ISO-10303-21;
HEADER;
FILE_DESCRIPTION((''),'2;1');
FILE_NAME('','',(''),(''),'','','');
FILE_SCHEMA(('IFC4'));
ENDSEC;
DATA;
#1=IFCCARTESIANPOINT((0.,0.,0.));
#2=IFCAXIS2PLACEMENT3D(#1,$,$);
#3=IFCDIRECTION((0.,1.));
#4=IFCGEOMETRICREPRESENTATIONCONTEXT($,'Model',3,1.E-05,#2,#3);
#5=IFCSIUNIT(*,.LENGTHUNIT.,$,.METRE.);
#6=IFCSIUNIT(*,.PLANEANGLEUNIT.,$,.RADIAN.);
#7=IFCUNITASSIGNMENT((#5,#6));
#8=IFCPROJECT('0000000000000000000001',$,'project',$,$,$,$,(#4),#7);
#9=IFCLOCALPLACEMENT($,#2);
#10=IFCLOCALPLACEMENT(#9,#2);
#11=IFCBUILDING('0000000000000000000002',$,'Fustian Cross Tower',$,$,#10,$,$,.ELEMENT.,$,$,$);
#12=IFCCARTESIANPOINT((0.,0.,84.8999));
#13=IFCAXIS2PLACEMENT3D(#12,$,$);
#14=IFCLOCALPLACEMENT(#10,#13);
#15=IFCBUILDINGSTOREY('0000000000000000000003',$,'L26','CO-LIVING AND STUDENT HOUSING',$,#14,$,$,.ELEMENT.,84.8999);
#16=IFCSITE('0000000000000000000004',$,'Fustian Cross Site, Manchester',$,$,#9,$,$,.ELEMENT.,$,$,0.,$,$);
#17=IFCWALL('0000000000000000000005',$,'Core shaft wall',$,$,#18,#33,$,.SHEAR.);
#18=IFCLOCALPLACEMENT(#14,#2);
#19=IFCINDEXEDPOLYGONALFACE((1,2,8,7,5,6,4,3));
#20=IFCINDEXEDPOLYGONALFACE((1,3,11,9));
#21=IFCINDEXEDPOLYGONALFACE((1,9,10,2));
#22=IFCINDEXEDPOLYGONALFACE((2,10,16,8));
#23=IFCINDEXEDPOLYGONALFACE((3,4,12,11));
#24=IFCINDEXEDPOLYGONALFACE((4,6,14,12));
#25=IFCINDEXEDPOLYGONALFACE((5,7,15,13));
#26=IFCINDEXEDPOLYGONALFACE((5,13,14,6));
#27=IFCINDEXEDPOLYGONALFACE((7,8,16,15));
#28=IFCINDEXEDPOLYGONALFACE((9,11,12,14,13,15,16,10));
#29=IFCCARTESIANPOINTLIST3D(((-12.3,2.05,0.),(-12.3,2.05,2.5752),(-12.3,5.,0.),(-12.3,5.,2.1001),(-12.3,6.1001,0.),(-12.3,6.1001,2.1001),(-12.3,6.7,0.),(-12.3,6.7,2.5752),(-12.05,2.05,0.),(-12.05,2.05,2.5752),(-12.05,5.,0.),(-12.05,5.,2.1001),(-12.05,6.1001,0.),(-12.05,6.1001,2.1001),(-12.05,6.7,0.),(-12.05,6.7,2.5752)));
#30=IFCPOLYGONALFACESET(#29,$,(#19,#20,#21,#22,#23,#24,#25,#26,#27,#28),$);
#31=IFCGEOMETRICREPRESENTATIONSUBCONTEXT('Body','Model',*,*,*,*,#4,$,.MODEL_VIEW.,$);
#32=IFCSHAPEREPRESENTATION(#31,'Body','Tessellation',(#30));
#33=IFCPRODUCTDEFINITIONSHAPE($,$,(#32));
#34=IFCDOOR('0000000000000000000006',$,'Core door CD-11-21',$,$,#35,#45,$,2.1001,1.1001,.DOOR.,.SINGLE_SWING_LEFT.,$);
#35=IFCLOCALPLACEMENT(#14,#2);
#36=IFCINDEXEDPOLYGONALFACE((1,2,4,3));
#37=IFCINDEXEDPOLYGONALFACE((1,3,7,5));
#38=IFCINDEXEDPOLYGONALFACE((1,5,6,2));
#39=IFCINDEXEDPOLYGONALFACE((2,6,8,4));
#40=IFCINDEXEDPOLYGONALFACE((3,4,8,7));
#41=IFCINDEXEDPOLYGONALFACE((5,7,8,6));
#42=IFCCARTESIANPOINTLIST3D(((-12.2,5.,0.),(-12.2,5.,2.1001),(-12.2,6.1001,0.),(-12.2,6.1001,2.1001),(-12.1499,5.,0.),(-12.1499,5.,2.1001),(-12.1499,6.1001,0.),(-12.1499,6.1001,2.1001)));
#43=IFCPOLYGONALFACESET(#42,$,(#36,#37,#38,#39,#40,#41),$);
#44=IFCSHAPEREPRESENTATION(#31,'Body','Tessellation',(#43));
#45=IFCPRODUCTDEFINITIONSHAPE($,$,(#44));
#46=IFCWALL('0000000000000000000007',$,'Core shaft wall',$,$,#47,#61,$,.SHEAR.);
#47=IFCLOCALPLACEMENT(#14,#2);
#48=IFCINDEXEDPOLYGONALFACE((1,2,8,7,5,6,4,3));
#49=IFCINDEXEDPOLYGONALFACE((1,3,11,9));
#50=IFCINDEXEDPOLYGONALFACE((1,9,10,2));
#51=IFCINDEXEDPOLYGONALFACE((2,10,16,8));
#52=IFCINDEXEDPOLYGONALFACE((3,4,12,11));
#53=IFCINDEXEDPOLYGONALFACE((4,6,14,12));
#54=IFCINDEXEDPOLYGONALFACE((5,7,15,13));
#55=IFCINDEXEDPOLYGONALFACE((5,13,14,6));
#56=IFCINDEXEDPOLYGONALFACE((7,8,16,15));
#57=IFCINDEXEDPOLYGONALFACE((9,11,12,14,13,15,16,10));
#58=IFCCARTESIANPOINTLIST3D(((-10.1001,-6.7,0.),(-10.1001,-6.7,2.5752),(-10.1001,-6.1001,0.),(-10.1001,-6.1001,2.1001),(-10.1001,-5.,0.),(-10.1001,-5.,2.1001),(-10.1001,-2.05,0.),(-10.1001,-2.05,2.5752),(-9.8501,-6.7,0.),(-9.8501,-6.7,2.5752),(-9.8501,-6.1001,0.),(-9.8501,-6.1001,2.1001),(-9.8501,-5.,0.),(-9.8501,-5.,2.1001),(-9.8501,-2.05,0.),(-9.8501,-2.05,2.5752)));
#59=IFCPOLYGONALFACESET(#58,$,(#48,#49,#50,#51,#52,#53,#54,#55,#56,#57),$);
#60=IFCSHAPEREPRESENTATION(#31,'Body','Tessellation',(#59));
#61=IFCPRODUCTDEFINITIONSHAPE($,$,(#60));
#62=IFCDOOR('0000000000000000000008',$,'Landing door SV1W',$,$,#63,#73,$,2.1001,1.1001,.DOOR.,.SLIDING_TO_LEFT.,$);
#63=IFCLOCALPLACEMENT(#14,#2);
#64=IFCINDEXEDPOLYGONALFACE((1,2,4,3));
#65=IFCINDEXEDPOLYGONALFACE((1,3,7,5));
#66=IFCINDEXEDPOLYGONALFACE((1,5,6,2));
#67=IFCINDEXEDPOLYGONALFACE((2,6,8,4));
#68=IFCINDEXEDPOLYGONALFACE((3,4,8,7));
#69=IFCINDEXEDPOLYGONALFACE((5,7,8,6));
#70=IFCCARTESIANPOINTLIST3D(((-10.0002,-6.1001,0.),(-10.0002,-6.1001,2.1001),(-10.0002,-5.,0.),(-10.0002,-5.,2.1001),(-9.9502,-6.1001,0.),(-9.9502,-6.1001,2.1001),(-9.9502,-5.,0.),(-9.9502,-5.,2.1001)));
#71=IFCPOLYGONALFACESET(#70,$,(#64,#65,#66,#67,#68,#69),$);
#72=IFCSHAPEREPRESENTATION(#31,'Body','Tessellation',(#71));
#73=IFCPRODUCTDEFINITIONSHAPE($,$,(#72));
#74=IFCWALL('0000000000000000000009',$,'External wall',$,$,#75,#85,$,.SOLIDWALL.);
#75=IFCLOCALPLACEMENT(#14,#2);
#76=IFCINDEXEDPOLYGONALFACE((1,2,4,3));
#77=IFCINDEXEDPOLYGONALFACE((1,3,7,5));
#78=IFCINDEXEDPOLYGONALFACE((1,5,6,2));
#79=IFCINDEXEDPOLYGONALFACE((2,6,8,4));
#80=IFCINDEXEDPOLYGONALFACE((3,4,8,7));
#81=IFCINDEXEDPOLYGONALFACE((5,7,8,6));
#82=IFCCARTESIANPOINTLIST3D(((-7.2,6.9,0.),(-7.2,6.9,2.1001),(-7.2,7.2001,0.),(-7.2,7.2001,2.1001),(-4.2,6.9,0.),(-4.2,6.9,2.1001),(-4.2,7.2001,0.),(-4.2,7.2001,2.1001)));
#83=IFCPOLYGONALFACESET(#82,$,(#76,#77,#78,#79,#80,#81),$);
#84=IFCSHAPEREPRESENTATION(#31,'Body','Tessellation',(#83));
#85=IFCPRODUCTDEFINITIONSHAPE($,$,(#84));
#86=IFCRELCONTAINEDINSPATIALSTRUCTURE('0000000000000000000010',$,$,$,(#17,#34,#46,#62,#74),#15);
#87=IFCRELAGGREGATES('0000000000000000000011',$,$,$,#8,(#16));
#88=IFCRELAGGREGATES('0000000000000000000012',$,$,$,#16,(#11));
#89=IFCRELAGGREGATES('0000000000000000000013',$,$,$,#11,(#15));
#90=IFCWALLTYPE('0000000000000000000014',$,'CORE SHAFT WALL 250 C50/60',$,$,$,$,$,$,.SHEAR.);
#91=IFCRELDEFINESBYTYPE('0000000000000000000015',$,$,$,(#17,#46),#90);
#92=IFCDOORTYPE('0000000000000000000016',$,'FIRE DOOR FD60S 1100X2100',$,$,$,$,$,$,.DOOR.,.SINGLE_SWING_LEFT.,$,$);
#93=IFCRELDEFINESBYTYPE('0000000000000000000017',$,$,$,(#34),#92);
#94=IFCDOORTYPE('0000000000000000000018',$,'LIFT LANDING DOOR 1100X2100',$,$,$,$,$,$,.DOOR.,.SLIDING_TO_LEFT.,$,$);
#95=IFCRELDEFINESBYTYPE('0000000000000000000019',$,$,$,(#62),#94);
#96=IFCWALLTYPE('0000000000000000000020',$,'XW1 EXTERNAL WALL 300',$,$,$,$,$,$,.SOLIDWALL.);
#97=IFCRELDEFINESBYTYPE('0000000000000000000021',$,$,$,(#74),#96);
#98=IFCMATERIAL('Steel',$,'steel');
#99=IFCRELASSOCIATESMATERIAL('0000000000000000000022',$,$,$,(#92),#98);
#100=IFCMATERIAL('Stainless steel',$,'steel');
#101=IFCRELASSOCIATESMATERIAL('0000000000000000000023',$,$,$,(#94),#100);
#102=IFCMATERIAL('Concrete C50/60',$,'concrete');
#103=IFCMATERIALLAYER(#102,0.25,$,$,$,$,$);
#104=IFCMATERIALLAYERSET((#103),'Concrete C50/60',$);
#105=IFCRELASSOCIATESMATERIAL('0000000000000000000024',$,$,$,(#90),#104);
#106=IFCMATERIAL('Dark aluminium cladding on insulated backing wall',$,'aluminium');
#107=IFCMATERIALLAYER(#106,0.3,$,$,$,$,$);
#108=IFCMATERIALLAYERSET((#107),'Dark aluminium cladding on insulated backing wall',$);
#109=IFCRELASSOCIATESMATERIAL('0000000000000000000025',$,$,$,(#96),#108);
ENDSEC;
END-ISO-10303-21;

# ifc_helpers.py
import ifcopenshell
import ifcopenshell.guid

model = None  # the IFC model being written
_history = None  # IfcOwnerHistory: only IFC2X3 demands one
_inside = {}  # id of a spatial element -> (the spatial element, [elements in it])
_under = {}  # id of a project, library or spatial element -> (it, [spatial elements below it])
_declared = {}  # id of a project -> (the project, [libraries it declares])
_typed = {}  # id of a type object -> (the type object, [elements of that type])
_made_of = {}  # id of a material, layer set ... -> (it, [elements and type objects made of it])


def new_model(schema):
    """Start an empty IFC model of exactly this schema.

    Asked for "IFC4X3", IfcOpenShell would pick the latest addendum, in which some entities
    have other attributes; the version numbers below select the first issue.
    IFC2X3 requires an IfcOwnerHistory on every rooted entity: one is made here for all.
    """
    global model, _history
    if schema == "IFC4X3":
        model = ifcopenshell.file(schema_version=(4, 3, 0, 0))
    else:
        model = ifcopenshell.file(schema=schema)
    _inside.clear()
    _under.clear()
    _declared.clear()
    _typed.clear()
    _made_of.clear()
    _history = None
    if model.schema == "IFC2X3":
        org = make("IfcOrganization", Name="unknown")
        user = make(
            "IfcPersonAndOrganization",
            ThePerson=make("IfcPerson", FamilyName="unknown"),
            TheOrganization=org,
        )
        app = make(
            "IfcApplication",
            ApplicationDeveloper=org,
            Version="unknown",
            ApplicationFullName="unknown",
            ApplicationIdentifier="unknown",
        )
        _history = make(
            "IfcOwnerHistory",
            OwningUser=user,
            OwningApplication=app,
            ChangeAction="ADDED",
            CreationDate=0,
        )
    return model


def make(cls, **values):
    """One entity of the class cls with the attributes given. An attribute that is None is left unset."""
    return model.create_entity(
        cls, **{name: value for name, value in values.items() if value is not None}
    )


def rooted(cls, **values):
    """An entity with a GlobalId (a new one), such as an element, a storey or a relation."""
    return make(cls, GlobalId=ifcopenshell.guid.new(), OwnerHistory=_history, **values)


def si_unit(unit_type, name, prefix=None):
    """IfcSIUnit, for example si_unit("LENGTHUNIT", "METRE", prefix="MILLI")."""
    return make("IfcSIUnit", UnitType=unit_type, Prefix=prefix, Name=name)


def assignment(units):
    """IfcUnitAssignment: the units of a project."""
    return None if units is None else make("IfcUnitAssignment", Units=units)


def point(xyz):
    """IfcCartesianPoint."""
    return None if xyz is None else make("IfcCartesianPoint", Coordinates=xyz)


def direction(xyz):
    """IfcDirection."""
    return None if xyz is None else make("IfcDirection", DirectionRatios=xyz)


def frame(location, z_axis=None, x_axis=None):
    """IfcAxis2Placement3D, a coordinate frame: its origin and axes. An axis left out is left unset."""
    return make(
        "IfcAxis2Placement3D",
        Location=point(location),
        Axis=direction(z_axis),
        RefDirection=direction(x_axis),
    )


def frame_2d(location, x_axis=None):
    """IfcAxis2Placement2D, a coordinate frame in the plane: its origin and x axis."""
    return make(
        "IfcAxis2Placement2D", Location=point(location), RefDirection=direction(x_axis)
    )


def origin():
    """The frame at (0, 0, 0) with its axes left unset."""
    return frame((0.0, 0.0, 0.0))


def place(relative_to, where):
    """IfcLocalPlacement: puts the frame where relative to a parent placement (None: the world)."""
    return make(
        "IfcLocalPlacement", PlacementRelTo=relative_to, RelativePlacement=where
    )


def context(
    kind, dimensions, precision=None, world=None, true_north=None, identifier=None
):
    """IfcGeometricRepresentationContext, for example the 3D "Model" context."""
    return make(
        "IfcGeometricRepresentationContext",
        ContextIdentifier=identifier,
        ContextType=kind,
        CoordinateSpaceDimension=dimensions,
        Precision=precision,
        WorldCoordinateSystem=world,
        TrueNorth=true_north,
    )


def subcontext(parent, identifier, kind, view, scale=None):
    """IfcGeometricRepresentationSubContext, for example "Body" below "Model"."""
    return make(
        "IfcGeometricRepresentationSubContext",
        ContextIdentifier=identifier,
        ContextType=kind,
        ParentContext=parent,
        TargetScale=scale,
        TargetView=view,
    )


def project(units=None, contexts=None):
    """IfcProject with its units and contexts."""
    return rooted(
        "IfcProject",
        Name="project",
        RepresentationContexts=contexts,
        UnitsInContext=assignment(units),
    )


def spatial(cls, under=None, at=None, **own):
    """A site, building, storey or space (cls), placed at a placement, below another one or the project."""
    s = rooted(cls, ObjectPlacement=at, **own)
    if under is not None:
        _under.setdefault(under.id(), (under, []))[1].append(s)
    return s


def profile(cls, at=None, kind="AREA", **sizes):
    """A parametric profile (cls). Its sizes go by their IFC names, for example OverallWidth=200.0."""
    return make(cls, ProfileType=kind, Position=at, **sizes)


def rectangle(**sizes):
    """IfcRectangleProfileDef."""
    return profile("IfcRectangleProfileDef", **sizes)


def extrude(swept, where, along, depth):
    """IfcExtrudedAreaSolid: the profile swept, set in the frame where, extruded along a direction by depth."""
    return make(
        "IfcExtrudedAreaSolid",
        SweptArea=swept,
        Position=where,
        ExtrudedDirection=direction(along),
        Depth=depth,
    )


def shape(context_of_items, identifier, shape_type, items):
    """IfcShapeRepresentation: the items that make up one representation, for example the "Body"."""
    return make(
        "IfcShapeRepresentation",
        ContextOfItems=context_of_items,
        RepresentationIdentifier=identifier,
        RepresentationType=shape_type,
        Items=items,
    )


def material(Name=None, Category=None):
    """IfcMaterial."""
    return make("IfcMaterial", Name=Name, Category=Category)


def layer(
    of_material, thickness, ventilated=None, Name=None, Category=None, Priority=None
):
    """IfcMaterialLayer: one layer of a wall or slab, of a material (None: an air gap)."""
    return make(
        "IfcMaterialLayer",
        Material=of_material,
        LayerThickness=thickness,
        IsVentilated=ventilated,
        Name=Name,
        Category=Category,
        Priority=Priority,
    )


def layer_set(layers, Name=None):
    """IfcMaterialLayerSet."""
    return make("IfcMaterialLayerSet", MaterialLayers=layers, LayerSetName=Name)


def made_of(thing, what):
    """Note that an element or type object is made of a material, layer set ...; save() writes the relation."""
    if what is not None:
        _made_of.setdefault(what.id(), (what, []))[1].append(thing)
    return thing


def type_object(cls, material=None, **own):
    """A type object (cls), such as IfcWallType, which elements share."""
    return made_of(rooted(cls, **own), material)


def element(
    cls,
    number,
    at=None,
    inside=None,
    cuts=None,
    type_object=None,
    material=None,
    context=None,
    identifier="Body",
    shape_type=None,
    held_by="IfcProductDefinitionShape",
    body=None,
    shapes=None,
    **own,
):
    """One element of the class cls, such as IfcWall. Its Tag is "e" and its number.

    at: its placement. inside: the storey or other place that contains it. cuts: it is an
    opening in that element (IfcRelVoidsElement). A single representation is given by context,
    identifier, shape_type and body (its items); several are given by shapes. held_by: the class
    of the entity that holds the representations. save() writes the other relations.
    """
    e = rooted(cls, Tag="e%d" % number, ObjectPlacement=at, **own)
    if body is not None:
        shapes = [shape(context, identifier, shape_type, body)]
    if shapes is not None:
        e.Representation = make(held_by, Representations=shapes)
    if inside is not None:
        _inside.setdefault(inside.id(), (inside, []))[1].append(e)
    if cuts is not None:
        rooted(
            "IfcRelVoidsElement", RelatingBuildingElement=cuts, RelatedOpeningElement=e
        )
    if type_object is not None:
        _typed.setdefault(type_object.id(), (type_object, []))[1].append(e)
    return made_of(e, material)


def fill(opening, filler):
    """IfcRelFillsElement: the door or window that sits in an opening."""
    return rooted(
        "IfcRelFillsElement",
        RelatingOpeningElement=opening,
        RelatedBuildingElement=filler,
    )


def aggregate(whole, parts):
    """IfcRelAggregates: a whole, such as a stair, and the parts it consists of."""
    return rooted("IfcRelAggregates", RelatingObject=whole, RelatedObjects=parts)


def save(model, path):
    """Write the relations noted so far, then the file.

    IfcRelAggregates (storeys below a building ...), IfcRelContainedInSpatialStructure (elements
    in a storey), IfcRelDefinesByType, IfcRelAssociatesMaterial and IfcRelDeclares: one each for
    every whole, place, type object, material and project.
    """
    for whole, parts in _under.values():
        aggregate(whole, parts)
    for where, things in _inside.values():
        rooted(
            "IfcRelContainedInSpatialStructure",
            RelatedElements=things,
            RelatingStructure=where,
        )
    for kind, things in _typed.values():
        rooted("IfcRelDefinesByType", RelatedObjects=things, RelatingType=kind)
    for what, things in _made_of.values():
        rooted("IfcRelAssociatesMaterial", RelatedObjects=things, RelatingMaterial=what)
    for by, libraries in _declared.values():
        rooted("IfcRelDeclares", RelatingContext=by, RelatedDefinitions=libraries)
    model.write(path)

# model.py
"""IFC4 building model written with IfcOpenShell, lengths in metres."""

from ifc_helpers import new_model, si_unit, direction, frame, frame_2d, origin, place, context, subcontext, project, spatial, rectangle, extrude, material, layer, layer_set, type_object, element, fill, save


model = new_model("IFC4")

# Units and contexts
model_context = context("Model", 3, precision=1e-05, world=origin(), true_north=direction((0.0, 1.0)))
body_context = subcontext(model_context, "Body", "Model", "MODEL_VIEW")
ifc_project = project(units=[si_unit("LENGTHUNIT", "METRE"), si_unit("PLANEANGLEUNIT", "RADIAN")], contexts=[model_context])

# Site, building, storey
site_placement = place(None, origin())
site = spatial("IfcSite", under=ifc_project, at=site_placement, Name="Fustian Cross Site, Manchester", CompositionType="ELEMENT", RefElevation=0.0)
building_placement = place(site_placement, origin())
building = spatial("IfcBuilding", under=site, at=building_placement, Name="Fustian Cross Tower", CompositionType="ELEMENT")
storey_placement = place(building_placement, frame((0.0, 0.0, 84.8999)))
storey = spatial("IfcBuildingStorey", under=building, at=storey_placement, Name="L26", Description="CO-LIVING AND STUDENT HOUSING", CompositionType="ELEMENT", Elevation=84.8999)

# Shared definitions
ifc_material_1 = material(Name="Steel", Category="steel")
door_type_1 = type_object("IfcDoorType", Name="FIRE DOOR FD60S 1100X2100", OperationType="SINGLE_SWING_LEFT", PredefinedType="DOOR", material=ifc_material_1)
ifc_material_2 = material(Name="Stainless steel", Category="steel")
door_type_2 = type_object("IfcDoorType", Name="LIFT LANDING DOOR 1100X2100", OperationType="SLIDING_TO_LEFT", PredefinedType="DOOR", material=ifc_material_2)

# Shared definitions
ifc_material_3 = material(Name="Concrete C50/60", Category="concrete")
ifc_layer_1 = layer(ifc_material_3, 0.25)
ifc_layer_set_1 = layer_set([ifc_layer_1], Name="Concrete C50/60")
wall_type_1 = type_object("IfcWallType", Name="CORE SHAFT WALL 250 C50/60", PredefinedType="SHEAR", material=ifc_layer_set_1)

# Walls, openings, doors
wall_1_placement = place(storey_placement, frame((-12.175, 2.05, 0.0), z_axis=(0.0, 0.0, 1.0), x_axis=(0.0, 1.0, 0.0)))
wall_1 = element("IfcWall", 1, at=wall_1_placement, inside=storey, type_object=wall_type_1, Name="Core shaft wall", PredefinedType="SHEAR", context=body_context, shape_type="SweptSolid", body=[
    extrude(rectangle(XDim=4.6499, YDim=0.25, at=frame_2d((2.325, 0.0))), origin(), (0.0, 0.0, 1.0), 2.5752),
])
opening_1_placement = place(wall_1_placement, frame((2.95, 0.0, 0.0)))
opening_1 = element("IfcOpeningElement", 2, at=opening_1_placement, cuts=wall_1, PredefinedType="OPENING", context=body_context, shape_type="SweptSolid", body=[
    extrude(rectangle(XDim=1.1001, YDim=2.1001, at=frame_2d((0.55, 1.05))), frame((0.0, 0.135, 0.0), z_axis=(0.0, -1.0, 0.0), x_axis=(1.0, 0.0, 0.0)), (0.0, 0.0, 1.0), 0.27),
])
door_1_placement = place(opening_1_placement, origin())
door_1 = element("IfcDoor", 3, at=door_1_placement, inside=storey, type_object=door_type_1, Name="Core door CD-11-21", OperationType="SINGLE_SWING_LEFT", OverallHeight=2.1001, OverallWidth=1.1001, PredefinedType="DOOR", context=body_context, shape_type="SweptSolid", body=[
    extrude(rectangle(XDim=1.1001, YDim=2.1001, at=frame_2d((0.55, 1.05))), frame((0.0, 0.0249, 0.0), z_axis=(0.0, -1.0, 0.0), x_axis=(1.0, 0.0, 0.0)), (0.0, 0.0, 1.0), 0.05),
])
fill(opening_1, door_1)
wall_2_placement = place(storey_placement, frame((-9.9751, -2.05, 0.0), z_axis=(0.0, 0.0, 1.0), x_axis=(0.0, -1.0, 0.0)))
wall_2 = element("IfcWall", 4, at=wall_2_placement, inside=storey, type_object=wall_type_1, Name="Core shaft wall", PredefinedType="SHEAR", context=body_context, shape_type="SweptSolid", body=[
    extrude(rectangle(XDim=4.6499, YDim=0.25, at=frame_2d((2.325, 0.0))), origin(), (0.0, 0.0, 1.0), 2.5752),
])
opening_2_placement = place(wall_2_placement, frame((2.95, 0.0, 0.0)))
opening_2 = element("IfcOpeningElement", 5, at=opening_2_placement, cuts=wall_2, PredefinedType="OPENING", context=body_context, shape_type="SweptSolid", body=[
    extrude(rectangle(XDim=1.1001, YDim=2.1001, at=frame_2d((0.55, 1.05))), frame((0.0, 0.135, 0.0), z_axis=(0.0, -1.0, 0.0), x_axis=(1.0, 0.0, 0.0)), (0.0, 0.0, 1.0), 0.27),
])
door_2_placement = place(opening_2_placement, origin())
door_2 = element("IfcDoor", 6, at=door_2_placement, inside=storey, type_object=door_type_2, Name="Landing door SV1W", OperationType="SLIDING_TO_LEFT", OverallHeight=2.1001, OverallWidth=1.1001, PredefinedType="DOOR", context=body_context, shape_type="SweptSolid", body=[
    extrude(rectangle(XDim=1.1001, YDim=2.1001, at=frame_2d((0.55, 1.05))), frame((0.0, 0.0249, 0.0), z_axis=(0.0, -1.0, 0.0), x_axis=(1.0, 0.0, 0.0)), (0.0, 0.0, 1.0), 0.05),
])
fill(opening_2, door_2)

# Wall
ifc_material_4 = material(Name="Dark aluminium cladding on insulated backing wall", Category="aluminium")
ifc_layer_2 = layer(ifc_material_4, 0.3)
ifc_layer_set_2 = layer_set([ifc_layer_2], Name="Dark aluminium cladding on insulated backing wall")
wall_type_2 = type_object("IfcWallType", Name="XW1 EXTERNAL WALL 300", PredefinedType="SOLIDWALL", material=ifc_layer_set_2)
wall_3_placement = place(storey_placement, frame((-4.2, 7.05, 0.0), z_axis=(0.0, 0.0, 1.0), x_axis=(-1.0, 0.0, 0.0)))
element("IfcWall", 7, at=wall_3_placement, inside=storey, type_object=wall_type_2, Name="External wall", PredefinedType="SOLIDWALL", context=body_context, shape_type="SweptSolid", body=[
    extrude(rectangle(XDim=3.0, YDim=0.3, at=frame_2d((1.5, 0.0))), origin(), (0.0, 0.0, 1.0), 2.1001),
])

save(model, "model.ifc")
